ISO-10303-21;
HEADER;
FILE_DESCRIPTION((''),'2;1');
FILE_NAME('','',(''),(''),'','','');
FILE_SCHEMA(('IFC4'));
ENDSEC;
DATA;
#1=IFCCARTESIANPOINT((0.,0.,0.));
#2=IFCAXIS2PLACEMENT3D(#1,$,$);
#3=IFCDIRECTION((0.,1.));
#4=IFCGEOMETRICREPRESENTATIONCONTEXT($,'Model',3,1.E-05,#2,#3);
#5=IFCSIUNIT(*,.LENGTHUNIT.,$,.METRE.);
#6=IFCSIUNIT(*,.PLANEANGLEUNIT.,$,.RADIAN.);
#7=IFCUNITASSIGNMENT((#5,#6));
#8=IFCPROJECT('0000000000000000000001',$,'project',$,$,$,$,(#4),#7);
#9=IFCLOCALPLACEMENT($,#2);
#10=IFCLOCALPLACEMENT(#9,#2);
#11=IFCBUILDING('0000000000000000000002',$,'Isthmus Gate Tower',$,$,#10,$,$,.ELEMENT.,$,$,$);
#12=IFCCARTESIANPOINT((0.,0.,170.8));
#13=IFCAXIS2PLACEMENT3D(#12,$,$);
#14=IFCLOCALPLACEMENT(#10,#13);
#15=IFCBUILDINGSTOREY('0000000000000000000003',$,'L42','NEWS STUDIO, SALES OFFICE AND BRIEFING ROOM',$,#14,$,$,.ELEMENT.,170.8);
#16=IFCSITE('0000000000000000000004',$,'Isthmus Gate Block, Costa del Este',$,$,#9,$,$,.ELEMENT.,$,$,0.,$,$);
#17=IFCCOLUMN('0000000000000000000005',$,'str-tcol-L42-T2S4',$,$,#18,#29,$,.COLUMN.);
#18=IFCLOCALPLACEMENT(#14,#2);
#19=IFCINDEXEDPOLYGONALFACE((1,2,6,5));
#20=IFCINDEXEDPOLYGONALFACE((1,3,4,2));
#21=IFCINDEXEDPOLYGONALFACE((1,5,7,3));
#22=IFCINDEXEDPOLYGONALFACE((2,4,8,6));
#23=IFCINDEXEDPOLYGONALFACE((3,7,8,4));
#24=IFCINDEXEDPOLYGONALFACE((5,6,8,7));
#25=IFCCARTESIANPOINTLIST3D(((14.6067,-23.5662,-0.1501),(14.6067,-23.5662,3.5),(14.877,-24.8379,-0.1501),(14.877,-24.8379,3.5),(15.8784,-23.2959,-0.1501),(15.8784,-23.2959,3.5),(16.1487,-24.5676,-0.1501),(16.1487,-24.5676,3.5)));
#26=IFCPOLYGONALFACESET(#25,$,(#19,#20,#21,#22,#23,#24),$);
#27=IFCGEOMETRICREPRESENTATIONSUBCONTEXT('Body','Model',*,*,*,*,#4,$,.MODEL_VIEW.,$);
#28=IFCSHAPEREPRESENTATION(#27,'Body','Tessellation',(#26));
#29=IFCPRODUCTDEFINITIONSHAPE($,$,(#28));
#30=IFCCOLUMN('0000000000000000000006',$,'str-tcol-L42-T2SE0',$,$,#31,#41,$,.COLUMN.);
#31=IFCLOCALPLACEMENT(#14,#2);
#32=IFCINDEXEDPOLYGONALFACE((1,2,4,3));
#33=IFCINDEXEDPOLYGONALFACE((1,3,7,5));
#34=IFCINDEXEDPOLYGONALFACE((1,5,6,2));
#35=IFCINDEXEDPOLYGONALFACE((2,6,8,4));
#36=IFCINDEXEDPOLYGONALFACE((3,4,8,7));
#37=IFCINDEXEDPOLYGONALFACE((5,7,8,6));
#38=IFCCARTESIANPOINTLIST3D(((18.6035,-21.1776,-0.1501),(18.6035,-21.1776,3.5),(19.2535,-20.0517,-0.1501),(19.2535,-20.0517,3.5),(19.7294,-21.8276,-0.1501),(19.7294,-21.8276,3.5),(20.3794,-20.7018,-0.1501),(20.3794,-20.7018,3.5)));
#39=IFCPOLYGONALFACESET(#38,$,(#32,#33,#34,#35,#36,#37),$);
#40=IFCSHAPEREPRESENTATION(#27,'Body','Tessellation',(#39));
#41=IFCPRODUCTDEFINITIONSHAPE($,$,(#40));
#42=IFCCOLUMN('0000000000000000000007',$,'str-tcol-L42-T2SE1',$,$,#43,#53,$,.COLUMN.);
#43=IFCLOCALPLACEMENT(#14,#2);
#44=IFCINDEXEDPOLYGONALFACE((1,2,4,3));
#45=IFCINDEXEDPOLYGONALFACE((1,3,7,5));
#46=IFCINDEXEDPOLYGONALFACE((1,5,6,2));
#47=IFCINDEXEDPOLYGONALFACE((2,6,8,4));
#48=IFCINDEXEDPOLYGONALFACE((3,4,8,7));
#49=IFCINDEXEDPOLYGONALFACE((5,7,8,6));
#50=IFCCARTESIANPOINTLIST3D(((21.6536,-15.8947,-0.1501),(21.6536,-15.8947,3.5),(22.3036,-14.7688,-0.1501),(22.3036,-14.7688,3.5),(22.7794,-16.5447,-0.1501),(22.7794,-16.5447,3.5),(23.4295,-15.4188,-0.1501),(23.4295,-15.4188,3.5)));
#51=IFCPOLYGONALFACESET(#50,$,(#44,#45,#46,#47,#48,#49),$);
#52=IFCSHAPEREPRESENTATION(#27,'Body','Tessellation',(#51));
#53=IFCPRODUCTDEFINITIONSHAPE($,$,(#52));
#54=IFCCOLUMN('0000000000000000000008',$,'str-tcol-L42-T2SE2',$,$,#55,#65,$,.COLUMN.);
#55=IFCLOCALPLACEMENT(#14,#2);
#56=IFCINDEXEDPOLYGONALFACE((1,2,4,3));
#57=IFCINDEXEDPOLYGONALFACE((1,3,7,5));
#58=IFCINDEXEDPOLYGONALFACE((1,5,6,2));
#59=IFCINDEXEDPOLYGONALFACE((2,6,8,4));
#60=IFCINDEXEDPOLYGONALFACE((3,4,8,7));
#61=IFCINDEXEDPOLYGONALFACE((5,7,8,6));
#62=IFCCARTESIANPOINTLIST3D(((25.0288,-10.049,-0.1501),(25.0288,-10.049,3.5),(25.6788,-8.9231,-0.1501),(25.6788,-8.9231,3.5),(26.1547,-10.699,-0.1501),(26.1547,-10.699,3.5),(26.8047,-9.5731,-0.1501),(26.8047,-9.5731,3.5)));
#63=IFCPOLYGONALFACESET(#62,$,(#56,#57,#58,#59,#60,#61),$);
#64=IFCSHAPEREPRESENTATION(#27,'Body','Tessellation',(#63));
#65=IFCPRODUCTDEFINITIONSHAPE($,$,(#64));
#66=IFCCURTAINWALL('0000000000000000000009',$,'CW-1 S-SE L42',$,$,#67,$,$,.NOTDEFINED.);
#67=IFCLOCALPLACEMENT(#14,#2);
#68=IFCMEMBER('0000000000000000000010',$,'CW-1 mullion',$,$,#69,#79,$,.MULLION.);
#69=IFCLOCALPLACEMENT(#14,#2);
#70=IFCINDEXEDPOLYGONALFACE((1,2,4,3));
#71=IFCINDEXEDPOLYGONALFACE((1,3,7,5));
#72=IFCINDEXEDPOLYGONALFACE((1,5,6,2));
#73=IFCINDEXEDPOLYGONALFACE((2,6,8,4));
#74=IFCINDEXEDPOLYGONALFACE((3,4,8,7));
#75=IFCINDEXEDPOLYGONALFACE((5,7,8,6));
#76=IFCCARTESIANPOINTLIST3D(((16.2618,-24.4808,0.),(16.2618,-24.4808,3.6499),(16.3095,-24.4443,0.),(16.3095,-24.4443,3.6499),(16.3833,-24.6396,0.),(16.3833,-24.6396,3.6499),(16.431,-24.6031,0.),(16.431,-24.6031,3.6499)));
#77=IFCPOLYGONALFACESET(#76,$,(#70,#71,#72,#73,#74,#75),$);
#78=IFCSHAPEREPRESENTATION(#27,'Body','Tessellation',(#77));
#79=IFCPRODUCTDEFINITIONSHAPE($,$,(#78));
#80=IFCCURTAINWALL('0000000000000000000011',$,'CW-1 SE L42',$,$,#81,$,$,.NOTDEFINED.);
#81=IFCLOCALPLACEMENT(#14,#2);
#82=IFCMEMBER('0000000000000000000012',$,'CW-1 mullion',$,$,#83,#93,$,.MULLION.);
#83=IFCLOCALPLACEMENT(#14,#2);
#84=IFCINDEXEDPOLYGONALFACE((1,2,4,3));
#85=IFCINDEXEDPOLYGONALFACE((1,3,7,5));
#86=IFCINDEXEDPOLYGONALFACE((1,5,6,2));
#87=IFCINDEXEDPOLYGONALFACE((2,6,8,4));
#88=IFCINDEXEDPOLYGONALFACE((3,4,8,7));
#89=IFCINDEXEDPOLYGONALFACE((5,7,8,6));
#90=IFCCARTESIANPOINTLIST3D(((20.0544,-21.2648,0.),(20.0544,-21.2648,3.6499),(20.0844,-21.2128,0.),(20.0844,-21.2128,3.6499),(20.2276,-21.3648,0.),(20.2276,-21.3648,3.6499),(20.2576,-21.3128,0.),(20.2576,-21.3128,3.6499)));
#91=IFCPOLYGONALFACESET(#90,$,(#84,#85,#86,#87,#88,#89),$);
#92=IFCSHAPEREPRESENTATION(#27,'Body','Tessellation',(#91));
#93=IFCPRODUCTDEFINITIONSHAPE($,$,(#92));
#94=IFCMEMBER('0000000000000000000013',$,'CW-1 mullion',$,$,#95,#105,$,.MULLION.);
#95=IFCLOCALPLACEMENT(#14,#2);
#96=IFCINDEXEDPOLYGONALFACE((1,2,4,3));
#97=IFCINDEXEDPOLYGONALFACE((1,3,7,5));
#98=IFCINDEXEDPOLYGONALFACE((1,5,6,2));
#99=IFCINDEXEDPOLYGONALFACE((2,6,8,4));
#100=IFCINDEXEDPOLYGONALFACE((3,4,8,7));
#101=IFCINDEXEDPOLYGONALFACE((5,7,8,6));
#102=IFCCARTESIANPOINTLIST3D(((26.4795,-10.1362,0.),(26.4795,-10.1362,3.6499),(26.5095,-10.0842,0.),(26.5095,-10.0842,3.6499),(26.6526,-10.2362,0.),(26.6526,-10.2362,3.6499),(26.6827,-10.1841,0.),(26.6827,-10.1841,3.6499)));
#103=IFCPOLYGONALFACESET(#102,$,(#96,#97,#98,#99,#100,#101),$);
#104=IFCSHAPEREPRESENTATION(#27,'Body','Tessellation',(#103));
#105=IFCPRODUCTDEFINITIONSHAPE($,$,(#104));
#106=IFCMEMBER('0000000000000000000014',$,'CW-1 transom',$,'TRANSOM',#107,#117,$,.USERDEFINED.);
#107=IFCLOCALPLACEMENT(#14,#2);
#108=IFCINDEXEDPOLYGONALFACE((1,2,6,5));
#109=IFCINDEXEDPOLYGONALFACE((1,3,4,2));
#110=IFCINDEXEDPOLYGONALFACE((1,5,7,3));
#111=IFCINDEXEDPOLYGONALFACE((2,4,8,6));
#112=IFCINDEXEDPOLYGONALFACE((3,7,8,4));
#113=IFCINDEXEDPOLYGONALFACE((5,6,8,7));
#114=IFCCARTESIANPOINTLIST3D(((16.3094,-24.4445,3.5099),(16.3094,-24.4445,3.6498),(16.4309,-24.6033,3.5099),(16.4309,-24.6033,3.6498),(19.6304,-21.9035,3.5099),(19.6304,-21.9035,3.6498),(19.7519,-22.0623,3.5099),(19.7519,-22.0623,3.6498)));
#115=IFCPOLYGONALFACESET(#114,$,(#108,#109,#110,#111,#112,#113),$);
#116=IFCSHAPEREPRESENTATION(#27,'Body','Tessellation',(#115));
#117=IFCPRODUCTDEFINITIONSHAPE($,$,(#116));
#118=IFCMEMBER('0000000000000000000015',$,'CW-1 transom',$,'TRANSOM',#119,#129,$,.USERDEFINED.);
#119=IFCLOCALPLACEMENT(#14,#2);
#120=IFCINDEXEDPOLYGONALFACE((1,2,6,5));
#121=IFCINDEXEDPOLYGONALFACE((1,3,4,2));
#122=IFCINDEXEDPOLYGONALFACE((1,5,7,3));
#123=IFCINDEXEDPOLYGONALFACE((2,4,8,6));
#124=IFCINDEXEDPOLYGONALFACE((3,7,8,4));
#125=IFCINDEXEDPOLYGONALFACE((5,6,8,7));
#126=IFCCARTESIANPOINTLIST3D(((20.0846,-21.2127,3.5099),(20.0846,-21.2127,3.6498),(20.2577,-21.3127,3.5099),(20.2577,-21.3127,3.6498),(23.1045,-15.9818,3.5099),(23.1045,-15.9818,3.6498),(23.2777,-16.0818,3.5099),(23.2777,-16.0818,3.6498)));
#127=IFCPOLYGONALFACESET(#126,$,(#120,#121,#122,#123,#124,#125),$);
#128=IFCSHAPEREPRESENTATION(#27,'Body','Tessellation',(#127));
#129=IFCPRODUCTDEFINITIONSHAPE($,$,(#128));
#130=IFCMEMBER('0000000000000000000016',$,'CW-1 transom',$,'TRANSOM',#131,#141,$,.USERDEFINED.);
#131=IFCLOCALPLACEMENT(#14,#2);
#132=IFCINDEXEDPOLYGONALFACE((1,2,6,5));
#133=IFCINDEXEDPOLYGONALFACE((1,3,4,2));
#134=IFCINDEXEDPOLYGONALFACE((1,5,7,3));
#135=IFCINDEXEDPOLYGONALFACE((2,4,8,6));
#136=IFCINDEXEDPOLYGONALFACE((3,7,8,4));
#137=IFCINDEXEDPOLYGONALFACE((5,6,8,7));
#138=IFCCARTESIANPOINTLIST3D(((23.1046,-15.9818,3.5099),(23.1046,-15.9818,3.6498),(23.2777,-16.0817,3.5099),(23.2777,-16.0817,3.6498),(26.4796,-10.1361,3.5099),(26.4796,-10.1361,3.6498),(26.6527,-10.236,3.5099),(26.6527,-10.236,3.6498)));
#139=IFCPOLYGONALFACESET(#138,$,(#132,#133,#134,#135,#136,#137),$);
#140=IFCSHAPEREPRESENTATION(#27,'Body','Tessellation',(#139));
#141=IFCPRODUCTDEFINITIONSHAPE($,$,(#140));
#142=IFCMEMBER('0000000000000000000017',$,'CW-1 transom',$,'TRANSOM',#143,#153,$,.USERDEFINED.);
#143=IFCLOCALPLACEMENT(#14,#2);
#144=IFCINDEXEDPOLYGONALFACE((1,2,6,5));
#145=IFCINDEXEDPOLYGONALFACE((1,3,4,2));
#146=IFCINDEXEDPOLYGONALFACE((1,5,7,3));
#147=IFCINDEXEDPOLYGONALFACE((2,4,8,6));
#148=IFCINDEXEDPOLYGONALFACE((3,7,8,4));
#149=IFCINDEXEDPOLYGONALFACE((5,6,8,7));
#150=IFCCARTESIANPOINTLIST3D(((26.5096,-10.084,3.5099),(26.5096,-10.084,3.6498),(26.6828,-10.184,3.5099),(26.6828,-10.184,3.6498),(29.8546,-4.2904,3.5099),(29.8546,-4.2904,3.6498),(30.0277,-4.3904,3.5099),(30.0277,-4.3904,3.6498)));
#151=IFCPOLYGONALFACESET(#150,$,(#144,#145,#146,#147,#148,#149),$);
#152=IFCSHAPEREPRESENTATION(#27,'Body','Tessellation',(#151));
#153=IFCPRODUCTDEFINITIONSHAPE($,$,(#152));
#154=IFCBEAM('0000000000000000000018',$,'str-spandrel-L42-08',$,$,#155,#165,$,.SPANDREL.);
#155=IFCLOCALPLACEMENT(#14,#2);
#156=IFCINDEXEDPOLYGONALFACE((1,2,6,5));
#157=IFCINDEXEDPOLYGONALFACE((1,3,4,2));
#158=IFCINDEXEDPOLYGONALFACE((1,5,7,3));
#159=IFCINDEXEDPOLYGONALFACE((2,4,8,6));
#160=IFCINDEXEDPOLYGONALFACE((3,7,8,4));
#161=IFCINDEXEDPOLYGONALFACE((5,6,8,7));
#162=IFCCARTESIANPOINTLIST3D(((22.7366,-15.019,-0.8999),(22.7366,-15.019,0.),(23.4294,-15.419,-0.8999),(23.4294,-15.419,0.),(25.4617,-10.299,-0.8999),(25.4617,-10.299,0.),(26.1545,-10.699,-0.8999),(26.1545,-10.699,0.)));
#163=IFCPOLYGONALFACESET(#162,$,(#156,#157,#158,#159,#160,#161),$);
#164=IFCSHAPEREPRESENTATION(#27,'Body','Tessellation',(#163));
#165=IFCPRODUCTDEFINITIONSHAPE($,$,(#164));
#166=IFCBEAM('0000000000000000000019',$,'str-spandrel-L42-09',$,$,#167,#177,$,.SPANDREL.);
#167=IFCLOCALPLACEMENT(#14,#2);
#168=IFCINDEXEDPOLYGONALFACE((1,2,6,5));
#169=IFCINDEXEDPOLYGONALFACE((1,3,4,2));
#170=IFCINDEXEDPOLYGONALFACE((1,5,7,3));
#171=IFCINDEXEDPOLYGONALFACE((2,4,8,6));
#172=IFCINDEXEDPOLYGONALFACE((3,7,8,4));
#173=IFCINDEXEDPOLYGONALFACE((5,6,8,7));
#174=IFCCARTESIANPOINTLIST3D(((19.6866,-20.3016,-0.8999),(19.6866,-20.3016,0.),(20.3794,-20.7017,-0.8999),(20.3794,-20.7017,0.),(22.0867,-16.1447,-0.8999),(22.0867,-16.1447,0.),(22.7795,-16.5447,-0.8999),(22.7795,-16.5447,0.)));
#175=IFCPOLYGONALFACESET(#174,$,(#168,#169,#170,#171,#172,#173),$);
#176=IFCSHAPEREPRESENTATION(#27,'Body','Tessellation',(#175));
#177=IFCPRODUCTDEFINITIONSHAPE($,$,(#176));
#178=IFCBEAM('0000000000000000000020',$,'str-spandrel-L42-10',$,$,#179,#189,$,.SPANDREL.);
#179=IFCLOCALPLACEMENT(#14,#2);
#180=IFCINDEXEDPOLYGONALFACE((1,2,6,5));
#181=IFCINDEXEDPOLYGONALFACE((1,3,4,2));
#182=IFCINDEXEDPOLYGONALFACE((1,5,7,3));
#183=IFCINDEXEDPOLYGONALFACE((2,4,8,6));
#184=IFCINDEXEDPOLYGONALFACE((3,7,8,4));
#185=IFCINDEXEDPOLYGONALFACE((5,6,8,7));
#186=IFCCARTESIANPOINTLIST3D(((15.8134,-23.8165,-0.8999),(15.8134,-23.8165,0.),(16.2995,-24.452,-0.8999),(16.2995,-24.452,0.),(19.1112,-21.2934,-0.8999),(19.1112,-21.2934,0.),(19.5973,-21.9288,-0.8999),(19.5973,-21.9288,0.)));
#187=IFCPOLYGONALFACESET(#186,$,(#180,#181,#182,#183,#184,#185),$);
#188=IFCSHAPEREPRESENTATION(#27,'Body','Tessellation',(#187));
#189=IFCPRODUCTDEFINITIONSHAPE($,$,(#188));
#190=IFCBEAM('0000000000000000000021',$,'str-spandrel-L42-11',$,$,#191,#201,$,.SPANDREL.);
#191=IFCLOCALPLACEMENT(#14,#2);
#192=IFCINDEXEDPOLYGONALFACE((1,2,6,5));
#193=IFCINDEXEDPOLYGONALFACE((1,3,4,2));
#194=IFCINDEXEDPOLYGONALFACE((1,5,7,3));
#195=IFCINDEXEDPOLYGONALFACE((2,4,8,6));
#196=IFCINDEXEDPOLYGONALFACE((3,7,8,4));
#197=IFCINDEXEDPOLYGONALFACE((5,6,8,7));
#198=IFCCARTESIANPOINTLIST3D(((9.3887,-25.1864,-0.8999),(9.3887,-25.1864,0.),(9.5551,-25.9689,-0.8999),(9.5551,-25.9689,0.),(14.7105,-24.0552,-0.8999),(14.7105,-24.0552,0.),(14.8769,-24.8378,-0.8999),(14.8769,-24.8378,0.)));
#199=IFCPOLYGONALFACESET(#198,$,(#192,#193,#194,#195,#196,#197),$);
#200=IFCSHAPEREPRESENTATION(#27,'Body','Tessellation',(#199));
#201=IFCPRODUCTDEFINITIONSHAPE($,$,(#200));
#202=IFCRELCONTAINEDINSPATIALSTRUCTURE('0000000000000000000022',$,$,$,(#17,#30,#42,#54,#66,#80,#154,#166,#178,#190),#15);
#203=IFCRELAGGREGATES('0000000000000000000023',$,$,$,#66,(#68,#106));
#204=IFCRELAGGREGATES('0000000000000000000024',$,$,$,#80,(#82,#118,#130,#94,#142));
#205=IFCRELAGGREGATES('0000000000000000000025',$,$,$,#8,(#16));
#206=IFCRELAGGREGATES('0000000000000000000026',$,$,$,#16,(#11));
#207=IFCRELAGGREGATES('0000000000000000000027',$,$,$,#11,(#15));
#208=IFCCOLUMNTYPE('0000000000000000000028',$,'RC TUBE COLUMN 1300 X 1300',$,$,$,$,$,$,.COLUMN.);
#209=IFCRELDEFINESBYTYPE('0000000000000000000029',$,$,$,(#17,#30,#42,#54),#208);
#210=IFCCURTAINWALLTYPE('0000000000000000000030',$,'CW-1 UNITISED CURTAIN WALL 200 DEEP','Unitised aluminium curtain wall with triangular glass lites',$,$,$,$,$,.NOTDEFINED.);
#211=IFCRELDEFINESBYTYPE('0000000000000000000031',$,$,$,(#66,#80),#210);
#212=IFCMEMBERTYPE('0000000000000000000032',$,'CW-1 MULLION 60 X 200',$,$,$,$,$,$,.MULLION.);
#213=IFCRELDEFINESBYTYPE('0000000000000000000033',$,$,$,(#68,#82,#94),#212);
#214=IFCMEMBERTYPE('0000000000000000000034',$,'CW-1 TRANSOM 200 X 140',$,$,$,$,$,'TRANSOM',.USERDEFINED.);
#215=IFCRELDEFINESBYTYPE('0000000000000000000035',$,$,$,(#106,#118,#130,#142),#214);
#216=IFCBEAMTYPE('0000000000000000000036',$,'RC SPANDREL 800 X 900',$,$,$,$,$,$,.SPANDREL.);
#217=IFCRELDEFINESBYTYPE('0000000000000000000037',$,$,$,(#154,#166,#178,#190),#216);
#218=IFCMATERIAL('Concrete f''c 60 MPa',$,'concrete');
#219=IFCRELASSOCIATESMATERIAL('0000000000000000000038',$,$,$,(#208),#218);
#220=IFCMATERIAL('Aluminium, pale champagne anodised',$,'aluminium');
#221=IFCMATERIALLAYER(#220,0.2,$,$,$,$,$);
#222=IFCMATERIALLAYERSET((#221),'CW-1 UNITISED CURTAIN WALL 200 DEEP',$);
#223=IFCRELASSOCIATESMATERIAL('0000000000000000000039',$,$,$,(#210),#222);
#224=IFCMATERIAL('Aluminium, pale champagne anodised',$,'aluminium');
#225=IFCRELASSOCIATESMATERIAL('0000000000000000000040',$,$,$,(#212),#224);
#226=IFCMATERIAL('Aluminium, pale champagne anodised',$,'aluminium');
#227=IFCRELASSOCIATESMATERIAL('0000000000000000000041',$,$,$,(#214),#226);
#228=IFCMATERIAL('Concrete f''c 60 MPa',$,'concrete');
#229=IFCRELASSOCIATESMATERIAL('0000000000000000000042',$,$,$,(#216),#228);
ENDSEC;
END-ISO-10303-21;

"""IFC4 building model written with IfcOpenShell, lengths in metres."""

from ifc_helpers import new_model, si_unit, direction, frame, origin, origin_2d, place, context, subcontext, project, spatial, rectangle, extrude, material, layer, layer_set, material_profile, profile_set, type_object, element, aggregate, save


model = new_model("IFC4")

# Units and contexts
model_context = context("Model", 3, precision=1e-05, world=origin(), true_north=direction((0.0, 1.0)))
body_context = subcontext(model_context, "Body", "Model", "MODEL_VIEW")
ifc_project = project(units=[si_unit("LENGTHUNIT", "METRE"), si_unit("PLANEANGLEUNIT", "RADIAN")], contexts=[model_context])

# Site, building, storey
site_placement = place(None, origin())
site = spatial("IfcSite", under=ifc_project, at=site_placement, Name="Isthmus Gate Block, Costa del Este", CompositionType="ELEMENT", RefElevation=0.0)
building_placement = place(site_placement, origin())
building = spatial("IfcBuilding", under=site, at=building_placement, Name="Isthmus Gate Tower", CompositionType="ELEMENT")
storey_placement = place(building_placement, frame((0.0, 0.0, 170.8)))
storey = spatial("IfcBuildingStorey", under=building, at=storey_placement, Name="L42", Description="NEWS STUDIO, SALES OFFICE AND BRIEFING ROOM", CompositionType="ELEMENT", Elevation=170.8)

# Columns
ifc_material_1 = material(Name="Concrete f'c 60 MPa", Category="concrete")
ifc_material_profile_1 = material_profile(ifc_material_1, rectangle(XDim=1.3, YDim=1.3, at=origin_2d()), Name="RC 1300X1300")
ifc_profile_set_1 = profile_set([ifc_material_profile_1], Name="Concrete f'c 60 MPa")
column_type = type_object("IfcColumnType", Name="RC TUBE COLUMN 1300 X 1300", PredefinedType="COLUMN", material=ifc_profile_set_1)
for number, where, z_axis, x_axis, name in (
    (1, (15.3777, -24.0669, -0.1501), (0.0, 0.0, 1.0), (0.978148, 0.207912, 0.0), "str-tcol-L42-T2S4"),
    (2, (19.4915, -20.9397, -0.1501), (0.0, 0.0, 1.0), (0.5, 0.866025, 0.0), "str-tcol-L42-T2SE0"),
    (3, (22.5415, -15.6567, -0.1501), (0.0, 0.0, 1.0), (0.5, 0.866025, 0.0), "str-tcol-L42-T2SE1"),
    (4, (25.9167, -9.811, -0.1501), (0.0, 0.0, 1.0), (0.5, 0.866025, 0.0), "str-tcol-L42-T2SE2"),
):
    element("IfcColumn", number, at=place(storey_placement, frame(where, z_axis=z_axis, x_axis=x_axis)), inside=storey, type_object=column_type, Name=name, PredefinedType="COLUMN", context=body_context, shape_type="SweptSolid", body=[
        extrude(rectangle(XDim=1.3, YDim=1.3, at=origin_2d()), origin(), (0.0, 0.0, 1.0), 3.6501),
    ])

# Curtain wall, member
ifc_material_2 = material(Name="Aluminium, pale champagne anodised", Category="aluminium")
ifc_layer_1 = layer(ifc_material_2, 0.2)
ifc_layer_set_1 = layer_set([ifc_layer_1], Name="CW-1 UNITISED CURTAIN WALL 200 DEEP")
curtain_wall_type = type_object("IfcCurtainWallType", Name="CW-1 UNITISED CURTAIN WALL 200 DEEP", Description="Unitised aluminium curtain wall with triangular glass lites", PredefinedType="NOTDEFINED", material=ifc_layer_set_1)
curtain_wall_1_placement = place(storey_placement, origin())
curtain_wall_1 = element("IfcCurtainWall", 5, at=curtain_wall_1_placement, inside=storey, type_object=curtain_wall_type, Name="CW-1 S-SE L42", PredefinedType="NOTDEFINED")
ifc_material_3 = material(Name="Aluminium, pale champagne anodised", Category="aluminium")
ifc_material_profile_2 = material_profile(ifc_material_3, rectangle(XDim=0.0601, YDim=0.2, at=origin_2d()), Name="60x200")
ifc_profile_set_2 = profile_set([ifc_material_profile_2], Name="Aluminium, pale champagne anodised")
member_type_1 = type_object("IfcMemberType", Name="CW-1 MULLION 60 X 200", PredefinedType="MULLION", material=ifc_profile_set_2)
member_1_placement = place(storey_placement, frame((16.3464, -24.542, 0.0), z_axis=(0.0, 0.0, 1.0), x_axis=(0.794189, 0.607671, 0.0)))
member_1 = element("IfcMember", 6, at=member_1_placement, type_object=member_type_1, Name="CW-1 mullion", PredefinedType="MULLION", context=body_context, shape_type="SweptSolid", body=[
    extrude(rectangle(XDim=0.0601, YDim=0.2, at=origin_2d()), origin(), (0.0, 0.0, 1.0), 3.6499),
])

# Curtain wall, members
curtain_wall_2_placement = place(storey_placement, origin())
curtain_wall_2 = element("IfcCurtainWall", 7, at=curtain_wall_2_placement, inside=storey, type_object=curtain_wall_type, Name="CW-1 SE L42", PredefinedType="NOTDEFINED")
member_2_placement = place(storey_placement, frame((20.156, -21.2888, 0.0), z_axis=(0.0, 0.0, 1.0), x_axis=(0.5, 0.866025, 0.0)))
member_2 = element("IfcMember", 8, at=member_2_placement, type_object=member_type_1, Name="CW-1 mullion", PredefinedType="MULLION", context=body_context, shape_type="SweptSolid", body=[
    extrude(rectangle(XDim=0.0601, YDim=0.2, at=origin_2d()), origin(), (0.0, 0.0, 1.0), 3.6499),
])
member_3_placement = place(storey_placement, frame((26.5811, -10.1602, 0.0), z_axis=(0.0, 0.0, 1.0), x_axis=(0.5, 0.866025, 0.0)))
member_3 = element("IfcMember", 9, at=member_3_placement, type_object=member_type_1, Name="CW-1 mullion", PredefinedType="MULLION", context=body_context, shape_type="SweptSolid", body=[
    extrude(rectangle(XDim=0.0601, YDim=0.2, at=origin_2d()), origin(), (0.0, 0.0, 1.0), 3.6499),
])

# Members
ifc_material_4 = material(Name="Aluminium, pale champagne anodised", Category="aluminium")
ifc_material_profile_3 = material_profile(ifc_material_4, rectangle(XDim=0.2, YDim=0.1399, at=origin_2d()), Name="200x140")
ifc_profile_set_3 = profile_set([ifc_material_profile_3], Name="Aluminium, pale champagne anodised")
member_type_2 = type_object("IfcMemberType", Name="CW-1 TRANSOM 200 X 140", ElementType="TRANSOM", PredefinedType="USERDEFINED", material=ifc_profile_set_3)
member_4_placement = place(storey_placement, frame((16.3701, -24.5239, 3.5798), z_axis=(0.794197, 0.60766, 0.0), x_axis=(-0.60766, 0.794197, 0.0)))
member_4 = element("IfcMember", 10, at=member_4_placement, type_object=member_type_2, Name="CW-1 transom", ObjectType="TRANSOM", PredefinedType="USERDEFINED", context=body_context, shape_type="SweptSolid", body=[
    extrude(rectangle(XDim=0.2, YDim=0.1399, at=origin_2d()), origin(), (0.0, 0.0, 1.0), 4.1816),
])
member_5_placement = place(storey_placement, frame((20.1711, -21.2627, 3.5798), z_axis=(0.499991, 0.866031, 0.0), x_axis=(-0.866031, 0.499991, 0.0)))
member_5 = element("IfcMember", 11, at=member_5_placement, type_object=member_type_2, Name="CW-1 transom", ObjectType="TRANSOM", PredefinedType="USERDEFINED", context=body_context, shape_type="SweptSolid", body=[
    extrude(rectangle(XDim=0.2, YDim=0.1399, at=origin_2d()), origin(), (0.0, 0.0, 1.0), 6.04),
])
member_6_placement = place(storey_placement, frame((23.1912, -16.0317, 3.5798), z_axis=(0.499998, 0.866027, 0.0), x_axis=(-0.866027, 0.499998, 0.0)))
member_6 = element("IfcMember", 12, at=member_6_placement, type_object=member_type_2, Name="CW-1 transom", ObjectType="TRANSOM", PredefinedType="USERDEFINED", context=body_context, shape_type="SweptSolid", body=[
    extrude(rectangle(XDim=0.2, YDim=0.1399, at=origin_2d()), origin(), (0.0, 0.0, 1.0), 6.75),
])
member_7_placement = place(storey_placement, frame((26.5962, -10.134, 3.5798), z_axis=(0.499997, 0.866027, 0.0), x_axis=(-0.866027, 0.499997, 0.0)))
member_7 = element("IfcMember", 13, at=member_7_placement, type_object=member_type_2, Name="CW-1 transom", ObjectType="TRANSOM", PredefinedType="USERDEFINED", context=body_context, shape_type="SweptSolid", body=[
    extrude(rectangle(XDim=0.2, YDim=0.1399, at=origin_2d()), origin(), (0.0, 0.0, 1.0), 6.6899),
])

# Beams
ifc_material_5 = material(Name="Concrete f'c 60 MPa", Category="concrete")
ifc_material_profile_4 = material_profile(ifc_material_5, rectangle(XDim=0.8, YDim=0.8999, at=origin_2d()), Name="RC 800X900")
ifc_profile_set_4 = profile_set([ifc_material_profile_4], Name="Concrete f'c 60 MPa")
beam_type_1 = type_object("IfcBeamType", Name="RC SPANDREL 800 X 900", PredefinedType="SPANDREL", material=ifc_profile_set_4)
beam_1_placement = place(storey_placement, frame((25.8081, -10.499, -0.45), z_axis=(-0.500003, -0.866024, 0.0), x_axis=(0.866024, -0.500003, 0.0)))
element("IfcBeam", 14, at=beam_1_placement, inside=storey, type_object=beam_type_1, Name="str-spandrel-L42-08", PredefinedType="SPANDREL", context=body_context, shape_type="SweptSolid", body=[
    extrude(rectangle(XDim=0.8, YDim=0.8999, at=origin_2d()), origin(), (0.0, 0.0, 1.0), 5.4502),
])
beam_2_placement = place(storey_placement, frame((22.4331, -16.3447, -0.45), z_axis=(-0.500017, -0.866015, 0.0), x_axis=(0.866015, -0.500017, 0.0)))
element("IfcBeam", 15, at=beam_2_placement, inside=storey, type_object=beam_type_1, Name="str-spandrel-L42-09", PredefinedType="SPANDREL", context=body_context, shape_type="SweptSolid", body=[
    extrude(rectangle(XDim=0.8, YDim=0.8999, at=origin_2d()), origin(), (0.0, 0.0, 1.0), 4.8),
])
beam_3_placement = place(storey_placement, frame((19.3542, -21.6111, -0.45), z_axis=(-0.794206, -0.607649, 0.0), x_axis=(0.607649, -0.794206, 0.0)))
element("IfcBeam", 16, at=beam_3_placement, inside=storey, type_object=beam_type_1, Name="str-spandrel-L42-10", PredefinedType="SPANDREL", context=body_context, shape_type="SweptSolid", body=[
    extrude(rectangle(XDim=0.8, YDim=0.8999, at=origin_2d()), origin(), (0.0, 0.0, 1.0), 4.1523),
])
beam_4_placement = place(storey_placement, frame((14.7937, -24.4465, -0.45), z_axis=(-0.97815, -0.207898, 0.0), x_axis=(0.207898, -0.97815, 0.0)))
element("IfcBeam", 17, at=beam_4_placement, inside=storey, type_object=beam_type_1, Name="str-spandrel-L42-11", PredefinedType="SPANDREL", context=body_context, shape_type="SweptSolid", body=[
    extrude(rectangle(XDim=0.8, YDim=0.8999, at=origin_2d()), origin(), (0.0, 0.0, 1.0), 5.4407),
])

aggregate(curtain_wall_1, [member_1, member_4])
aggregate(curtain_wall_2, [member_2, member_5, member_6, member_3, member_7])

save(model, "model.ifc")
